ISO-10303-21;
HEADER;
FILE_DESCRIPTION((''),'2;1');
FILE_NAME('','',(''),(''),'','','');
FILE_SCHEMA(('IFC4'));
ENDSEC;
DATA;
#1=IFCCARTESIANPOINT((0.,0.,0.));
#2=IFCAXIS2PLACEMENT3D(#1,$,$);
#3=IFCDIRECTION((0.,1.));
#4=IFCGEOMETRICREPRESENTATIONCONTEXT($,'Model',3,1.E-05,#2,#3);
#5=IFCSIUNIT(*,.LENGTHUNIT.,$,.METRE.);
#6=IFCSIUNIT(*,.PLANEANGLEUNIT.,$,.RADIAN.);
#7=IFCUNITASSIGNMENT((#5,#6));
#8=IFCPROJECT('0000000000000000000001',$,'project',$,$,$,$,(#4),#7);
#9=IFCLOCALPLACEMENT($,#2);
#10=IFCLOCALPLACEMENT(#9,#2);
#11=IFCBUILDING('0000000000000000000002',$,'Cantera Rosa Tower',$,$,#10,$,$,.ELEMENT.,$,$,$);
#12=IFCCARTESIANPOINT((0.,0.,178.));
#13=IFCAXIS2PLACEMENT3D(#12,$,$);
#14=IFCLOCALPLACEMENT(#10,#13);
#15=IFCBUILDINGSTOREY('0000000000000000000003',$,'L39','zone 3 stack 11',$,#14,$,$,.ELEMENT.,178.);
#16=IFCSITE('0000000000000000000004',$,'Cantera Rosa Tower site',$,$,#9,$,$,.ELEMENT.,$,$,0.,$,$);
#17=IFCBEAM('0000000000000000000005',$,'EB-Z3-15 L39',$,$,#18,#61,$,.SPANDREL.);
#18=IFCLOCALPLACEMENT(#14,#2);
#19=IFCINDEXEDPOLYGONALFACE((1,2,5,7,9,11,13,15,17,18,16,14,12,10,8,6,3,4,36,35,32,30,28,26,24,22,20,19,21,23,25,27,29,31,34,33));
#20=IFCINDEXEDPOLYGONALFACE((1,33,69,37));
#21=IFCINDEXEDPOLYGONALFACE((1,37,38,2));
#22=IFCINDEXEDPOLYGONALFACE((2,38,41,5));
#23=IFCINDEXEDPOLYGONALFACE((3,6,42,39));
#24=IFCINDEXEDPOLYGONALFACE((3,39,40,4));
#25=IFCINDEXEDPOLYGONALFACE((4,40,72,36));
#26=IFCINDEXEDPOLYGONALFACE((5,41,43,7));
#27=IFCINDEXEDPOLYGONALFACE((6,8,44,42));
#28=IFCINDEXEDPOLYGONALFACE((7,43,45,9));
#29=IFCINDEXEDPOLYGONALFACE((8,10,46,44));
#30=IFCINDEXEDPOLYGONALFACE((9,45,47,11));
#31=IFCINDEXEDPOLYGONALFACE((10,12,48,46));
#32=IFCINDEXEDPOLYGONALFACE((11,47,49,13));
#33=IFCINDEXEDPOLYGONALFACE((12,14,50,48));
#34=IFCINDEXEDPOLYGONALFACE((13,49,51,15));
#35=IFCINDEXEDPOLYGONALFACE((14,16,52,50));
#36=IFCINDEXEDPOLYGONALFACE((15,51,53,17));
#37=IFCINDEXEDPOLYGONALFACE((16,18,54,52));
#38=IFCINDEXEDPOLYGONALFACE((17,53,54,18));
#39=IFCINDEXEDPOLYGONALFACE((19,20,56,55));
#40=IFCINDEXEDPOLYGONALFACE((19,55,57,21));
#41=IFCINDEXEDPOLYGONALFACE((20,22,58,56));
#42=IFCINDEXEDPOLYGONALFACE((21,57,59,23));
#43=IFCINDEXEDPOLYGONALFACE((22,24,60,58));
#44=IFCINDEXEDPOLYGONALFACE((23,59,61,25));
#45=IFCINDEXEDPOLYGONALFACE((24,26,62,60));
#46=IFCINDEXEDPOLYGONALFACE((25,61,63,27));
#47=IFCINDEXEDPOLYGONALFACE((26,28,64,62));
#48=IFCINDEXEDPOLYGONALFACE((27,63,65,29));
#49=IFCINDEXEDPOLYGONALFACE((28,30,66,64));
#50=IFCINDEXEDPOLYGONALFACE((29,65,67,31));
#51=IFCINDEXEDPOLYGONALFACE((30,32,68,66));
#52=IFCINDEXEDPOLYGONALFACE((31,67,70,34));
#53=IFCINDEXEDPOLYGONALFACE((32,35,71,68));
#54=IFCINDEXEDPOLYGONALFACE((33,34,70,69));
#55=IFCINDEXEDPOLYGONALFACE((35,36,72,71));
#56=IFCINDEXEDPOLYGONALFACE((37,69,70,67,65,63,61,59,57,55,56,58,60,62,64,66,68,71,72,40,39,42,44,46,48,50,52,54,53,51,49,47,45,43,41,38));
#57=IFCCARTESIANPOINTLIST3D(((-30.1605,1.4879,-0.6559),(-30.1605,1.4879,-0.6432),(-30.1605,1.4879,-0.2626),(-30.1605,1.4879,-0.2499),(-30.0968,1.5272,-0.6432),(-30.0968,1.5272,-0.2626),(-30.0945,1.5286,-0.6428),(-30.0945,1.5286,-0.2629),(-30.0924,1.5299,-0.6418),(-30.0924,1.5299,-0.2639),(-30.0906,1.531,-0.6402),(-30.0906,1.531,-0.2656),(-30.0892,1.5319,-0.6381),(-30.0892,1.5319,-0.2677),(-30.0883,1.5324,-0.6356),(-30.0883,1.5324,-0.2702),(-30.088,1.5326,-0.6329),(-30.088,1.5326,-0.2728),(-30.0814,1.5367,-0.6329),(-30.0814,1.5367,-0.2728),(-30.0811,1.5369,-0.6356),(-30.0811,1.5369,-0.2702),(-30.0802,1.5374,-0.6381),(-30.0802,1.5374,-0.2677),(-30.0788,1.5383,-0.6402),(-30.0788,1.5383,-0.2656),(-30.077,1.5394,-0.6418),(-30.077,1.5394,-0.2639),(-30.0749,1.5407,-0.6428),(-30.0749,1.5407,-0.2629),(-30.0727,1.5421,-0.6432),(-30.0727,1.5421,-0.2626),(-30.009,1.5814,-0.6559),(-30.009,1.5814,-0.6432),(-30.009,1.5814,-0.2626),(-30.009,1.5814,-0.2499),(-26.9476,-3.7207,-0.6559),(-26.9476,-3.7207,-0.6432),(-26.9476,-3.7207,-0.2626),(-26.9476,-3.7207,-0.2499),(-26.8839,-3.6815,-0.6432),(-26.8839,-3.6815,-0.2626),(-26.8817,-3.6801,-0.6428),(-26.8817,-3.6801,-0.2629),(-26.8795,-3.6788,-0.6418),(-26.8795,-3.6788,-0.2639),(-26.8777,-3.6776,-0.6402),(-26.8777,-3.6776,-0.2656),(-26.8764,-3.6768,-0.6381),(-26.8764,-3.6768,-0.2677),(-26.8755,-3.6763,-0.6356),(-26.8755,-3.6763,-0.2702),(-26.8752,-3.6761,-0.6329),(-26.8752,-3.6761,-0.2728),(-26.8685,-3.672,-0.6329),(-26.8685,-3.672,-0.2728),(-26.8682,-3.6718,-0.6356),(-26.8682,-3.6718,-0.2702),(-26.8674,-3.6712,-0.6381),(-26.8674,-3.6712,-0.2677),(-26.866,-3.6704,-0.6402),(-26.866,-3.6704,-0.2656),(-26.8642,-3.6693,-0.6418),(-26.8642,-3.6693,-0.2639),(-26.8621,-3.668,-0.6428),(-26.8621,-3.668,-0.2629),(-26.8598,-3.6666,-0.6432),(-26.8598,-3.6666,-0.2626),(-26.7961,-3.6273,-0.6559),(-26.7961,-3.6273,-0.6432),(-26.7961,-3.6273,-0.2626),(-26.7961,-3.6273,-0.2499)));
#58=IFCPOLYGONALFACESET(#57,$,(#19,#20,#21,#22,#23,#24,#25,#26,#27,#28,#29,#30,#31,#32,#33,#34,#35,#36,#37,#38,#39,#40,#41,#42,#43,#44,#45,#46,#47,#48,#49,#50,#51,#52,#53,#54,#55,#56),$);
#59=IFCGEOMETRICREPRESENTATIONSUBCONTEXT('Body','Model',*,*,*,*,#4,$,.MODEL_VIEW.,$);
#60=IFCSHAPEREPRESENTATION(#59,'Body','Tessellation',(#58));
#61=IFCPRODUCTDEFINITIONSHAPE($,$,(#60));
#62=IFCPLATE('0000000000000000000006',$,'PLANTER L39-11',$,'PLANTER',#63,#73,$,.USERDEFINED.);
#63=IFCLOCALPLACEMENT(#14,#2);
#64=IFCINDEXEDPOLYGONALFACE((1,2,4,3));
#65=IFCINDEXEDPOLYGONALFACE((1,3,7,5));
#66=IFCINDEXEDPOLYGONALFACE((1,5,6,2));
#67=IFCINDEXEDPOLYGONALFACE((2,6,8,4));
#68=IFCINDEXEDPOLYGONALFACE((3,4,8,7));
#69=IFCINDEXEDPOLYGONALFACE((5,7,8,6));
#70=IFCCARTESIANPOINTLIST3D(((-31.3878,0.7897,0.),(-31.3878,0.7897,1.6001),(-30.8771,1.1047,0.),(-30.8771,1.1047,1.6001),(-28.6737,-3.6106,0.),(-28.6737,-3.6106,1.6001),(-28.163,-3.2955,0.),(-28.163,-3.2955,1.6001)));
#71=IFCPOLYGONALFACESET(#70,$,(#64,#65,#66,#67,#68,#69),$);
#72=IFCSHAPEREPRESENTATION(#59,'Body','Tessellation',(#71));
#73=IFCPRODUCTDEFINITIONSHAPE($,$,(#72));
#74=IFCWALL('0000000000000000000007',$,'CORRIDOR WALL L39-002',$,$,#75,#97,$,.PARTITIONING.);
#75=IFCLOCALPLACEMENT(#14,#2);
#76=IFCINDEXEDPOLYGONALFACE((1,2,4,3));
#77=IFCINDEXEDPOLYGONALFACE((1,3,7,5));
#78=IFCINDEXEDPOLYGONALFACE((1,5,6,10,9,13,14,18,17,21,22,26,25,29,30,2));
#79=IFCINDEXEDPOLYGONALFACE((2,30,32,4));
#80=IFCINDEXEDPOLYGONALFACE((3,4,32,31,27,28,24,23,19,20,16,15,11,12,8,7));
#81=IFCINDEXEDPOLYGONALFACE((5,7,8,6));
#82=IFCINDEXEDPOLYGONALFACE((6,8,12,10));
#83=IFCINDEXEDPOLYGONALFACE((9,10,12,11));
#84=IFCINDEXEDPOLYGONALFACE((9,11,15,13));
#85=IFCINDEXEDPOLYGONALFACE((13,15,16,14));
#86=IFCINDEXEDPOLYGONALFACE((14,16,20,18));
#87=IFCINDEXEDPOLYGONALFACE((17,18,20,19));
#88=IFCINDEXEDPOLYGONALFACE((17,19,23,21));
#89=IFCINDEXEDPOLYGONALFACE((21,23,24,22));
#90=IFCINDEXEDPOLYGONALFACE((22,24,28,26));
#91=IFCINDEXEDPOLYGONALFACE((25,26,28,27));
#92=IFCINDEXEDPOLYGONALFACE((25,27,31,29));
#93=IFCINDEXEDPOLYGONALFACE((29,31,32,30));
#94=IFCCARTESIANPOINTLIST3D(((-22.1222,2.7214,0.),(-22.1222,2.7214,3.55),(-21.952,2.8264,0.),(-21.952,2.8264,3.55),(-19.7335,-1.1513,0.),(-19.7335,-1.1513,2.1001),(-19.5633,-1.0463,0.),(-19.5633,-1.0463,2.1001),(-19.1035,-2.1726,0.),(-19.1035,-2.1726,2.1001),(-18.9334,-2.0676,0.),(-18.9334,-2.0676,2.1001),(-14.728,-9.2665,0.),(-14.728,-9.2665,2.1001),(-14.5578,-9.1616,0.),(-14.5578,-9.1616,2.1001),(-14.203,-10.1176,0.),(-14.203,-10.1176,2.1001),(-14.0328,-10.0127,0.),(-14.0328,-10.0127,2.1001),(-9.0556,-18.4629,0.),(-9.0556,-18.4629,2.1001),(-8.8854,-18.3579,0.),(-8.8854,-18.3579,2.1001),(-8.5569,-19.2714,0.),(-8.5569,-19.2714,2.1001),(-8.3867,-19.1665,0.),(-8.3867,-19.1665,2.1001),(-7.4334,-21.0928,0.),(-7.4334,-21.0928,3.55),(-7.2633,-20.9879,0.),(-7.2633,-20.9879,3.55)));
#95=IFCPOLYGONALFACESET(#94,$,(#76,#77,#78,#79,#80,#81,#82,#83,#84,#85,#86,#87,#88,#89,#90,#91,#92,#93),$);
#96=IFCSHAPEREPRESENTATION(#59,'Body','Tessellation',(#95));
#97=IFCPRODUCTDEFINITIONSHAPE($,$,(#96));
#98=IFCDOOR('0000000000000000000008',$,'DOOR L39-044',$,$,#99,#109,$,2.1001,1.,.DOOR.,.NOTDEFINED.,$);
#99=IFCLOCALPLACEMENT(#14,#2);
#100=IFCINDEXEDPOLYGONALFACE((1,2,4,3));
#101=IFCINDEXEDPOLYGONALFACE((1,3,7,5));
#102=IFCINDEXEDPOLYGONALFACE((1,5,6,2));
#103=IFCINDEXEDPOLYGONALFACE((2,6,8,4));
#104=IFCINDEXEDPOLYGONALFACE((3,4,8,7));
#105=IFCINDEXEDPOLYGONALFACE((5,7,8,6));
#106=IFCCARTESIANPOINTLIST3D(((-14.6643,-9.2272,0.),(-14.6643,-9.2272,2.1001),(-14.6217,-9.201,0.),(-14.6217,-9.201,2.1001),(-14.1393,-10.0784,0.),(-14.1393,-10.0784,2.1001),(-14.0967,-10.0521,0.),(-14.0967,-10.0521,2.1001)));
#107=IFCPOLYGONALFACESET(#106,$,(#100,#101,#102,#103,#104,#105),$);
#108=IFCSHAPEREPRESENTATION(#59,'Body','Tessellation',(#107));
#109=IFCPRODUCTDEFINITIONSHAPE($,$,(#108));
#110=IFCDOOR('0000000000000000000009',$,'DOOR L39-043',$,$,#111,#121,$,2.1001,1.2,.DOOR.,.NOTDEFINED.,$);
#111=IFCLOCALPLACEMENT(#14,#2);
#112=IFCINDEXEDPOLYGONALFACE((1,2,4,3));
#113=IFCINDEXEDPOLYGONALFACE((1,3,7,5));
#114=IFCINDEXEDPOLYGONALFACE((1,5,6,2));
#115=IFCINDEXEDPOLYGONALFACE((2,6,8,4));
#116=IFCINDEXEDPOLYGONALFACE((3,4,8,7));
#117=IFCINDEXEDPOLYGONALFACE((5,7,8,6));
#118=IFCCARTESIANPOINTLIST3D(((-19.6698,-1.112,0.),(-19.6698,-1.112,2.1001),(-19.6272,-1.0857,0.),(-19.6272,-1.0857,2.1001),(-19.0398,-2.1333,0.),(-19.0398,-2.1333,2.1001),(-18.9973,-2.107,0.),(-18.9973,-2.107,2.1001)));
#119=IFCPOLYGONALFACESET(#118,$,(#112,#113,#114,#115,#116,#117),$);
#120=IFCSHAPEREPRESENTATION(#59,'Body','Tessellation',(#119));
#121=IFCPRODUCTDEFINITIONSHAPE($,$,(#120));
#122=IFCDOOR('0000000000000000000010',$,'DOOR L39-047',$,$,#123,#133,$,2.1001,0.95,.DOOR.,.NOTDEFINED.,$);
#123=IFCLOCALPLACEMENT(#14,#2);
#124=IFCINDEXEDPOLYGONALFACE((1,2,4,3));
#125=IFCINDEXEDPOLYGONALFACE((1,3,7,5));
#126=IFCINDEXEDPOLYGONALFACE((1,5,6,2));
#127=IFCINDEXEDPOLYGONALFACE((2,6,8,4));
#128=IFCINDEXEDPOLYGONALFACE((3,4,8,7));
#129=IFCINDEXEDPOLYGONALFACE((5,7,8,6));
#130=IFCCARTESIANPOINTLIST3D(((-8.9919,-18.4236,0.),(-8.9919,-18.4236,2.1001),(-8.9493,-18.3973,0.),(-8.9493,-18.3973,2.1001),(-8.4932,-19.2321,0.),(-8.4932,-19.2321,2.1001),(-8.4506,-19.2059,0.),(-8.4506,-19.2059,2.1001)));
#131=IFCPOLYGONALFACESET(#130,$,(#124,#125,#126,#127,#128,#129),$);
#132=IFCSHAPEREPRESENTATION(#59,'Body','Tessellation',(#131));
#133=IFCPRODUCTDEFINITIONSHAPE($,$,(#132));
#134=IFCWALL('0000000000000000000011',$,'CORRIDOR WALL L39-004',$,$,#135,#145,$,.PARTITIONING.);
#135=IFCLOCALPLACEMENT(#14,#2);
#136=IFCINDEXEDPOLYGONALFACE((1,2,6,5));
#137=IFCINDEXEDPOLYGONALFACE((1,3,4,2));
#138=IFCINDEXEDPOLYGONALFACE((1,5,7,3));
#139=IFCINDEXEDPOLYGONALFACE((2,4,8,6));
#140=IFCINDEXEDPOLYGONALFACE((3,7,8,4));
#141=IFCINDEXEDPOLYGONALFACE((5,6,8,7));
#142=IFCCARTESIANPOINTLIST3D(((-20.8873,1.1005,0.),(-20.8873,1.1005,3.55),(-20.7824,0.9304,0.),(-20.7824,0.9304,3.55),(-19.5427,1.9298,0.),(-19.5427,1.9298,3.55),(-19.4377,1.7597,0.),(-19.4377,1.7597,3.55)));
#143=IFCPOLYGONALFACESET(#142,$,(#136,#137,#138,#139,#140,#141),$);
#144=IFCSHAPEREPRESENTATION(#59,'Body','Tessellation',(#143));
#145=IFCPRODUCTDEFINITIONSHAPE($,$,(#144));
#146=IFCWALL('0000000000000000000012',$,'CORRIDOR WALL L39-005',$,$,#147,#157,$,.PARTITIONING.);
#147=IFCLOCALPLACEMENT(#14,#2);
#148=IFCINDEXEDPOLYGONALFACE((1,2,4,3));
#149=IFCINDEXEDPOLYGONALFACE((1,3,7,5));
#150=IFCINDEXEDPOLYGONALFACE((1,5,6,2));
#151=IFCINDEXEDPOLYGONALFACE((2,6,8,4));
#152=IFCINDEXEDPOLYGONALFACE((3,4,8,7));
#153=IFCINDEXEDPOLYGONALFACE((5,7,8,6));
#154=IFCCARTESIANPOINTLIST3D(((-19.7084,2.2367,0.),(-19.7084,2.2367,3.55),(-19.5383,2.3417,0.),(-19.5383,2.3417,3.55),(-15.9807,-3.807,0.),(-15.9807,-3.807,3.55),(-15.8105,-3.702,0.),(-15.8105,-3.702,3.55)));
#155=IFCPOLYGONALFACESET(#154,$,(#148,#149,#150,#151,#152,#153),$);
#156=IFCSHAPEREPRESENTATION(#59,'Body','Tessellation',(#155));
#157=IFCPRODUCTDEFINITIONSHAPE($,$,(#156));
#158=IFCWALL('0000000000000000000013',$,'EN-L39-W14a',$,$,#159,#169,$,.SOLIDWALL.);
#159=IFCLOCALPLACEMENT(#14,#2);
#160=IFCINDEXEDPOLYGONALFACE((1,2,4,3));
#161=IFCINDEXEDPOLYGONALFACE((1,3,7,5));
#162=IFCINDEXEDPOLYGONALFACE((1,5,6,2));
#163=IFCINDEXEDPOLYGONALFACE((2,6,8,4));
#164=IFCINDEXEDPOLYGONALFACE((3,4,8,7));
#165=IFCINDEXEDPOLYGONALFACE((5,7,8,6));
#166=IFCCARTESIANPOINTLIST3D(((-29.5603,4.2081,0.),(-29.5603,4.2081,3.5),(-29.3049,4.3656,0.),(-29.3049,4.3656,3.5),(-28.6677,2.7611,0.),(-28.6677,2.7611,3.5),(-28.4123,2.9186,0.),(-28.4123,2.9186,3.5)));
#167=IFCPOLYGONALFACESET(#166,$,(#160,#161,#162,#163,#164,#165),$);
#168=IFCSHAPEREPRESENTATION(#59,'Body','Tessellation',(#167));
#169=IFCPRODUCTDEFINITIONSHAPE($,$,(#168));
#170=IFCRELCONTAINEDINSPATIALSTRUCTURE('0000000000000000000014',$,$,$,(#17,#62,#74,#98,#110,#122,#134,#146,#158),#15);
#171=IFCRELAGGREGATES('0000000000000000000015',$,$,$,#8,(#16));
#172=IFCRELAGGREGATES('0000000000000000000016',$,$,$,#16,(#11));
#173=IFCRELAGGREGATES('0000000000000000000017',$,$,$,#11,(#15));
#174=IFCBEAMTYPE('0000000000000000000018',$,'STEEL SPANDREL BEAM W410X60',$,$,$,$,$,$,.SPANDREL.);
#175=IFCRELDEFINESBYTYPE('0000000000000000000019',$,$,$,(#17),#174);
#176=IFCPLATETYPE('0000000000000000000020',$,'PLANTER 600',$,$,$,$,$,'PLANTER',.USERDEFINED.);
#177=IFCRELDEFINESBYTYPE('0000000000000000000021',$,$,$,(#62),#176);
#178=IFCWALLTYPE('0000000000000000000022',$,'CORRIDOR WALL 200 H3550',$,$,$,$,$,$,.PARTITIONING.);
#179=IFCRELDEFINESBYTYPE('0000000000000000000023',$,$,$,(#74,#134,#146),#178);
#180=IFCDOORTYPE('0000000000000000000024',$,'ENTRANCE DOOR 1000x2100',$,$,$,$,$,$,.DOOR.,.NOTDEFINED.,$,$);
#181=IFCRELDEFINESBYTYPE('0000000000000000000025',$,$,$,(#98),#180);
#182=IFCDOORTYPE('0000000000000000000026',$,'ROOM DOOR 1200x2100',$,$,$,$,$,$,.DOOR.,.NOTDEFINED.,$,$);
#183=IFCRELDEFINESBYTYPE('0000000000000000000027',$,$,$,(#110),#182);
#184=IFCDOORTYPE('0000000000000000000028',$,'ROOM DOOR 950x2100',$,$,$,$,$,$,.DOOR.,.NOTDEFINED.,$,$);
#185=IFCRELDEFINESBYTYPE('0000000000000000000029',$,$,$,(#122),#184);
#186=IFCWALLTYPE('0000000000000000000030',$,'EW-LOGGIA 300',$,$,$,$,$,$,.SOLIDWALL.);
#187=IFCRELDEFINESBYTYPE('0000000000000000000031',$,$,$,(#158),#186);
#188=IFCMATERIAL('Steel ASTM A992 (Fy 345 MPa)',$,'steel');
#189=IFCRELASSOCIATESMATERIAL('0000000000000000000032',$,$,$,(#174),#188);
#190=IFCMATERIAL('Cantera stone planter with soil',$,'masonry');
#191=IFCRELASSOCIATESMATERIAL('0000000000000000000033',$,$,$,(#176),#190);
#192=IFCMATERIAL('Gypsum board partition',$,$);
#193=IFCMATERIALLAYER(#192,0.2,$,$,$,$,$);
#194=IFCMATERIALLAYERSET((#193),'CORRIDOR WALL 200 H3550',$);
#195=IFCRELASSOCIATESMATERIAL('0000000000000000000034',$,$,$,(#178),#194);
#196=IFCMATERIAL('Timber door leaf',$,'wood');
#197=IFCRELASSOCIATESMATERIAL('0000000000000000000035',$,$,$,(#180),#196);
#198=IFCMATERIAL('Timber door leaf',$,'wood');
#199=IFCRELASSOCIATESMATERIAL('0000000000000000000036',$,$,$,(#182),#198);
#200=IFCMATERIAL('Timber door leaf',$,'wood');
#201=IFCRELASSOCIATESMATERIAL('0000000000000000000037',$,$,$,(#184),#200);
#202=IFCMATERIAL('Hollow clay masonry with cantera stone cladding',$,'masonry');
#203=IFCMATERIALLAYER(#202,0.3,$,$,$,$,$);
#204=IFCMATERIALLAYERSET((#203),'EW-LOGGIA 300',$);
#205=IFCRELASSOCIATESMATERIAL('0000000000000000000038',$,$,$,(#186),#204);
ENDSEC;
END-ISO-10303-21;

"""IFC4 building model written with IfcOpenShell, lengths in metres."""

from ifc_helpers import new_model, si_unit, direction, frame, frame_2d, origin, origin_2d, place, context, subcontext, project, spatial, rectangle, i_section, extrude, material, layer, layer_set, material_profile, profile_set, type_object, element, fill, save


model = new_model("IFC4")

# Units and contexts
model_context = context("Model", 3, precision=1e-05, world=origin(), true_north=direction((0.0, 1.0)))
body_context = subcontext(model_context, "Body", "Model", "MODEL_VIEW")
ifc_project = project(units=[si_unit("LENGTHUNIT", "METRE"), si_unit("PLANEANGLEUNIT", "RADIAN")], contexts=[model_context])

# Site, building, storey
site_placement = place(None, origin())
site = spatial("IfcSite", under=ifc_project, at=site_placement, Name="Cantera Rosa Tower site", CompositionType="ELEMENT", RefElevation=0.0)
building_placement = place(site_placement, origin())
building = spatial("IfcBuilding", under=site, at=building_placement, Name="Cantera Rosa Tower", CompositionType="ELEMENT")
storey_placement = place(building_placement, frame((0.0, 0.0, 178.0)))
storey = spatial("IfcBuildingStorey", under=building, at=storey_placement, Name="L39", Description="zone 3 stack 11", CompositionType="ELEMENT", Elevation=178.0)

# Beam
ifc_material_1 = material(Name="Steel ASTM A992 (Fy 345 MPa)", Category="steel")
ifc_material_profile_1 = material_profile(ifc_material_1, i_section(OverallWidth=0.178, OverallDepth=0.406, WebThickness=0.0078, FlangeThickness=0.0127, FilletRadius=0.0103, at=origin_2d()), Name="W410X60")
ifc_profile_set_1 = profile_set([ifc_material_profile_1], Name="Steel ASTM A992 (Fy 345 MPa)")
beam_type_1 = type_object("IfcBeamType", Name="STEEL SPANDREL BEAM W410X60", PredefinedType="SPANDREL", material=ifc_profile_set_1)
beam_1_placement = place(storey_placement, frame((-30.0847, 1.5347, -0.4529), z_axis=(0.524987, -0.85111, 0.0), x_axis=(0.85111, 0.524987, 0.0)))
element("IfcBeam", 1, at=beam_1_placement, inside=storey, type_object=beam_type_1, Name="EB-Z3-15 L39", PredefinedType="SPANDREL", context=body_context, shape_type="SweptSolid", body=[
    extrude(i_section(OverallWidth=0.178, OverallDepth=0.406, WebThickness=0.0078, FlangeThickness=0.0127, FilletRadius=0.0103, at=origin_2d()), origin(), (0.0, 0.0, 1.0), 6.1199),
])

# Plate
ifc_material_2 = material(Name="Cantera stone planter with soil", Category="masonry")
plate_type = type_object("IfcPlateType", Name="PLANTER 600", ElementType="PLANTER", PredefinedType="USERDEFINED", material=ifc_material_2)
plate_placement = place(storey_placement, frame((-29.7754, -1.2529, 0.0), z_axis=(0.0, 0.0, 1.0), x_axis=(0.524977, -0.851117, 0.0)))
element("IfcPlate", 2, at=plate_placement, inside=storey, type_object=plate_type, Name="PLANTER L39-11", ObjectType="PLANTER", PredefinedType="USERDEFINED", context=body_context, shape_type="SweptSolid", body=[
    extrude(rectangle(XDim=5.1699, YDim=0.6001, at=origin_2d()), origin(), (0.0, 0.0, 1.0), 1.6001),
])

# Wall, openings, doors
ifc_material_3 = material(Name="Gypsum board partition")
ifc_layer_1 = layer(ifc_material_3, 0.2)
ifc_layer_set_1 = layer_set([ifc_layer_1], Name="CORRIDOR WALL 200 H3550")
wall_type_1 = type_object("IfcWallType", Name="CORRIDOR WALL 200 H3550", PredefinedType="PARTITIONING", material=ifc_layer_set_1)
wall_1_placement = place(storey_placement, frame((-22.0371, 2.7739, 0.0), z_axis=(0.0, 0.0, 1.0), x_axis=(0.524974, -0.851118, 0.0)))
wall_1 = element("IfcWall", 3, at=wall_1_placement, inside=storey, type_object=wall_type_1, Name="CORRIDOR WALL L39-002", PredefinedType="PARTITIONING", context=body_context, shape_type="SweptSolid", body=[
    extrude(rectangle(XDim=27.98, YDim=0.2, at=frame_2d((13.99, 0.0))), origin(), (0.0, 0.0, 1.0), 3.55),
])
opening_1_placement = place(wall_1_placement, frame((4.55, 0.0, 0.0)))
opening_1 = element("IfcOpeningElement", 4, at=opening_1_placement, cuts=wall_1, PredefinedType="OPENING", context=body_context, shape_type="SweptSolid", body=[
    extrude(rectangle(XDim=1.2, YDim=2.1001, at=frame_2d((0.6001, 1.05))), frame((0.0, 0.1099, 0.0), z_axis=(0.0, -1.0, 0.0), x_axis=(1.0, 0.0, 0.0)), (0.0, 0.0, 1.0), 0.22),
])
opening_2_placement = place(wall_1_placement, frame((14.085, 0.0, 0.0)))
opening_2 = element("IfcOpeningElement", 5, at=opening_2_placement, cuts=wall_1, PredefinedType="OPENING", context=body_context, shape_type="SweptSolid", body=[
    extrude(rectangle(XDim=1.0, YDim=2.1001, at=frame_2d((0.5, 1.05))), frame((0.0, 0.1099, 0.0), z_axis=(0.0, -1.0, 0.0), x_axis=(1.0, 0.0, 0.0)), (0.0, 0.0, 1.0), 0.22),
])
opening_3_placement = place(wall_1_placement, frame((24.8899, 0.0, 0.0)))
opening_3 = element("IfcOpeningElement", 6, at=opening_3_placement, cuts=wall_1, PredefinedType="OPENING", context=body_context, shape_type="SweptSolid", body=[
    extrude(rectangle(XDim=0.95, YDim=2.1001, at=frame_2d((0.4751, 1.05))), frame((0.0, 0.1099, 0.0), z_axis=(0.0, -1.0, 0.0), x_axis=(1.0, 0.0, 0.0)), (0.0, 0.0, 1.0), 0.22),
])
ifc_material_4 = material(Name="Timber door leaf", Category="wood")
door_type_1 = type_object("IfcDoorType", Name="ENTRANCE DOOR 1000x2100", OperationType="NOTDEFINED", PredefinedType="DOOR", material=ifc_material_4)
door_1_placement = place(opening_2_placement, origin())
door_1 = element("IfcDoor", 7, at=door_1_placement, inside=storey, type_object=door_type_1, Name="DOOR L39-044", OperationType="NOTDEFINED", OverallHeight=2.1001, OverallWidth=1.0, PredefinedType="DOOR", context=body_context, shape_type="SweptSolid", body=[
    extrude(rectangle(XDim=1.0, YDim=2.1001, at=frame_2d((0.5, 1.05))), frame((0.0, 0.0249, 0.0), z_axis=(0.0, -1.0, 0.0), x_axis=(1.0, 0.0, 0.0)), (0.0, 0.0, 1.0), 0.05),
])
fill(opening_2, door_1)
ifc_material_5 = material(Name="Timber door leaf", Category="wood")
door_type_2 = type_object("IfcDoorType", Name="ROOM DOOR 1200x2100", OperationType="NOTDEFINED", PredefinedType="DOOR", material=ifc_material_5)
door_2_placement = place(opening_1_placement, origin())
door_2 = element("IfcDoor", 8, at=door_2_placement, inside=storey, type_object=door_type_2, Name="DOOR L39-043", OperationType="NOTDEFINED", OverallHeight=2.1001, OverallWidth=1.2, PredefinedType="DOOR", context=body_context, shape_type="SweptSolid", body=[
    extrude(rectangle(XDim=1.2, YDim=2.1001, at=frame_2d((0.6001, 1.05))), frame((0.0, 0.0249, 0.0), z_axis=(0.0, -1.0, 0.0), x_axis=(1.0, 0.0, 0.0)), (0.0, 0.0, 1.0), 0.05),
])
fill(opening_1, door_2)
ifc_material_6 = material(Name="Timber door leaf", Category="wood")
door_type_3 = type_object("IfcDoorType", Name="ROOM DOOR 950x2100", OperationType="NOTDEFINED", PredefinedType="DOOR", material=ifc_material_6)
door_3_placement = place(opening_3_placement, origin())
door_3 = element("IfcDoor", 9, at=door_3_placement, inside=storey, type_object=door_type_3, Name="DOOR L39-047", OperationType="NOTDEFINED", OverallHeight=2.1001, OverallWidth=0.95, PredefinedType="DOOR", context=body_context, shape_type="SweptSolid", body=[
    extrude(rectangle(XDim=0.95, YDim=2.1001, at=frame_2d((0.4751, 1.05))), frame((0.0, 0.0249, 0.0), z_axis=(0.0, -1.0, 0.0), x_axis=(1.0, 0.0, 0.0)), (0.0, 0.0, 1.0), 0.05),
])
fill(opening_3, door_3)

# Walls
wall_2_placement = place(storey_placement, frame((-20.835, 1.0154, 0.0), z_axis=(0.0, 0.0, 1.0), x_axis=(0.851143, 0.524933, 0.0)))
element("IfcWall", 10, at=wall_2_placement, inside=storey, type_object=wall_type_1, Name="CORRIDOR WALL L39-004", PredefinedType="PARTITIONING", context=body_context, shape_type="SweptSolid", body=[
    extrude(rectangle(XDim=1.5798, YDim=0.2, at=frame_2d((0.79, 0.0))), origin(), (0.0, 0.0, 1.0), 3.55),
])
wall_3_placement = place(storey_placement, frame((-19.6233, 2.2891, 0.0), z_axis=(0.0, 0.0, 1.0), x_axis=(0.524974, -0.851118, 0.0)))
element("IfcWall", 11, at=wall_3_placement, inside=storey, type_object=wall_type_1, Name="CORRIDOR WALL L39-005", PredefinedType="PARTITIONING", context=body_context, shape_type="SweptSolid", body=[
    extrude(rectangle(XDim=7.1008, YDim=0.2, at=frame_2d((3.5503, 0.0))), origin(), (0.0, 0.0, 1.0), 3.55),
])
ifc_material_7 = material(Name="Hollow clay masonry with cantera stone cladding", Category="masonry")
ifc_layer_2 = layer(ifc_material_7, 0.3)
ifc_layer_set_2 = layer_set([ifc_layer_2], Name="EW-LOGGIA 300")
wall_type_2 = type_object("IfcWallType", Name="EW-LOGGIA 300", PredefinedType="SOLIDWALL", material=ifc_layer_set_2)
wall_4_placement = place(storey_placement, frame((-29.4326, 4.2869, 0.0), z_axis=(0.0, 0.0, 1.0), x_axis=(0.524994, -0.851106, 0.0)))
element("IfcWall", 12, at=wall_4_placement, inside=storey, type_object=wall_type_2, Name="EN-L39-W14a", PredefinedType="SOLIDWALL", context=body_context, shape_type="SweptSolid", body=[
    extrude(rectangle(XDim=1.7002, YDim=0.3, at=frame_2d((0.8501, 0.0))), origin(), (0.0, 0.0, 1.0), 3.5),
])

save(model, "model.ifc")
